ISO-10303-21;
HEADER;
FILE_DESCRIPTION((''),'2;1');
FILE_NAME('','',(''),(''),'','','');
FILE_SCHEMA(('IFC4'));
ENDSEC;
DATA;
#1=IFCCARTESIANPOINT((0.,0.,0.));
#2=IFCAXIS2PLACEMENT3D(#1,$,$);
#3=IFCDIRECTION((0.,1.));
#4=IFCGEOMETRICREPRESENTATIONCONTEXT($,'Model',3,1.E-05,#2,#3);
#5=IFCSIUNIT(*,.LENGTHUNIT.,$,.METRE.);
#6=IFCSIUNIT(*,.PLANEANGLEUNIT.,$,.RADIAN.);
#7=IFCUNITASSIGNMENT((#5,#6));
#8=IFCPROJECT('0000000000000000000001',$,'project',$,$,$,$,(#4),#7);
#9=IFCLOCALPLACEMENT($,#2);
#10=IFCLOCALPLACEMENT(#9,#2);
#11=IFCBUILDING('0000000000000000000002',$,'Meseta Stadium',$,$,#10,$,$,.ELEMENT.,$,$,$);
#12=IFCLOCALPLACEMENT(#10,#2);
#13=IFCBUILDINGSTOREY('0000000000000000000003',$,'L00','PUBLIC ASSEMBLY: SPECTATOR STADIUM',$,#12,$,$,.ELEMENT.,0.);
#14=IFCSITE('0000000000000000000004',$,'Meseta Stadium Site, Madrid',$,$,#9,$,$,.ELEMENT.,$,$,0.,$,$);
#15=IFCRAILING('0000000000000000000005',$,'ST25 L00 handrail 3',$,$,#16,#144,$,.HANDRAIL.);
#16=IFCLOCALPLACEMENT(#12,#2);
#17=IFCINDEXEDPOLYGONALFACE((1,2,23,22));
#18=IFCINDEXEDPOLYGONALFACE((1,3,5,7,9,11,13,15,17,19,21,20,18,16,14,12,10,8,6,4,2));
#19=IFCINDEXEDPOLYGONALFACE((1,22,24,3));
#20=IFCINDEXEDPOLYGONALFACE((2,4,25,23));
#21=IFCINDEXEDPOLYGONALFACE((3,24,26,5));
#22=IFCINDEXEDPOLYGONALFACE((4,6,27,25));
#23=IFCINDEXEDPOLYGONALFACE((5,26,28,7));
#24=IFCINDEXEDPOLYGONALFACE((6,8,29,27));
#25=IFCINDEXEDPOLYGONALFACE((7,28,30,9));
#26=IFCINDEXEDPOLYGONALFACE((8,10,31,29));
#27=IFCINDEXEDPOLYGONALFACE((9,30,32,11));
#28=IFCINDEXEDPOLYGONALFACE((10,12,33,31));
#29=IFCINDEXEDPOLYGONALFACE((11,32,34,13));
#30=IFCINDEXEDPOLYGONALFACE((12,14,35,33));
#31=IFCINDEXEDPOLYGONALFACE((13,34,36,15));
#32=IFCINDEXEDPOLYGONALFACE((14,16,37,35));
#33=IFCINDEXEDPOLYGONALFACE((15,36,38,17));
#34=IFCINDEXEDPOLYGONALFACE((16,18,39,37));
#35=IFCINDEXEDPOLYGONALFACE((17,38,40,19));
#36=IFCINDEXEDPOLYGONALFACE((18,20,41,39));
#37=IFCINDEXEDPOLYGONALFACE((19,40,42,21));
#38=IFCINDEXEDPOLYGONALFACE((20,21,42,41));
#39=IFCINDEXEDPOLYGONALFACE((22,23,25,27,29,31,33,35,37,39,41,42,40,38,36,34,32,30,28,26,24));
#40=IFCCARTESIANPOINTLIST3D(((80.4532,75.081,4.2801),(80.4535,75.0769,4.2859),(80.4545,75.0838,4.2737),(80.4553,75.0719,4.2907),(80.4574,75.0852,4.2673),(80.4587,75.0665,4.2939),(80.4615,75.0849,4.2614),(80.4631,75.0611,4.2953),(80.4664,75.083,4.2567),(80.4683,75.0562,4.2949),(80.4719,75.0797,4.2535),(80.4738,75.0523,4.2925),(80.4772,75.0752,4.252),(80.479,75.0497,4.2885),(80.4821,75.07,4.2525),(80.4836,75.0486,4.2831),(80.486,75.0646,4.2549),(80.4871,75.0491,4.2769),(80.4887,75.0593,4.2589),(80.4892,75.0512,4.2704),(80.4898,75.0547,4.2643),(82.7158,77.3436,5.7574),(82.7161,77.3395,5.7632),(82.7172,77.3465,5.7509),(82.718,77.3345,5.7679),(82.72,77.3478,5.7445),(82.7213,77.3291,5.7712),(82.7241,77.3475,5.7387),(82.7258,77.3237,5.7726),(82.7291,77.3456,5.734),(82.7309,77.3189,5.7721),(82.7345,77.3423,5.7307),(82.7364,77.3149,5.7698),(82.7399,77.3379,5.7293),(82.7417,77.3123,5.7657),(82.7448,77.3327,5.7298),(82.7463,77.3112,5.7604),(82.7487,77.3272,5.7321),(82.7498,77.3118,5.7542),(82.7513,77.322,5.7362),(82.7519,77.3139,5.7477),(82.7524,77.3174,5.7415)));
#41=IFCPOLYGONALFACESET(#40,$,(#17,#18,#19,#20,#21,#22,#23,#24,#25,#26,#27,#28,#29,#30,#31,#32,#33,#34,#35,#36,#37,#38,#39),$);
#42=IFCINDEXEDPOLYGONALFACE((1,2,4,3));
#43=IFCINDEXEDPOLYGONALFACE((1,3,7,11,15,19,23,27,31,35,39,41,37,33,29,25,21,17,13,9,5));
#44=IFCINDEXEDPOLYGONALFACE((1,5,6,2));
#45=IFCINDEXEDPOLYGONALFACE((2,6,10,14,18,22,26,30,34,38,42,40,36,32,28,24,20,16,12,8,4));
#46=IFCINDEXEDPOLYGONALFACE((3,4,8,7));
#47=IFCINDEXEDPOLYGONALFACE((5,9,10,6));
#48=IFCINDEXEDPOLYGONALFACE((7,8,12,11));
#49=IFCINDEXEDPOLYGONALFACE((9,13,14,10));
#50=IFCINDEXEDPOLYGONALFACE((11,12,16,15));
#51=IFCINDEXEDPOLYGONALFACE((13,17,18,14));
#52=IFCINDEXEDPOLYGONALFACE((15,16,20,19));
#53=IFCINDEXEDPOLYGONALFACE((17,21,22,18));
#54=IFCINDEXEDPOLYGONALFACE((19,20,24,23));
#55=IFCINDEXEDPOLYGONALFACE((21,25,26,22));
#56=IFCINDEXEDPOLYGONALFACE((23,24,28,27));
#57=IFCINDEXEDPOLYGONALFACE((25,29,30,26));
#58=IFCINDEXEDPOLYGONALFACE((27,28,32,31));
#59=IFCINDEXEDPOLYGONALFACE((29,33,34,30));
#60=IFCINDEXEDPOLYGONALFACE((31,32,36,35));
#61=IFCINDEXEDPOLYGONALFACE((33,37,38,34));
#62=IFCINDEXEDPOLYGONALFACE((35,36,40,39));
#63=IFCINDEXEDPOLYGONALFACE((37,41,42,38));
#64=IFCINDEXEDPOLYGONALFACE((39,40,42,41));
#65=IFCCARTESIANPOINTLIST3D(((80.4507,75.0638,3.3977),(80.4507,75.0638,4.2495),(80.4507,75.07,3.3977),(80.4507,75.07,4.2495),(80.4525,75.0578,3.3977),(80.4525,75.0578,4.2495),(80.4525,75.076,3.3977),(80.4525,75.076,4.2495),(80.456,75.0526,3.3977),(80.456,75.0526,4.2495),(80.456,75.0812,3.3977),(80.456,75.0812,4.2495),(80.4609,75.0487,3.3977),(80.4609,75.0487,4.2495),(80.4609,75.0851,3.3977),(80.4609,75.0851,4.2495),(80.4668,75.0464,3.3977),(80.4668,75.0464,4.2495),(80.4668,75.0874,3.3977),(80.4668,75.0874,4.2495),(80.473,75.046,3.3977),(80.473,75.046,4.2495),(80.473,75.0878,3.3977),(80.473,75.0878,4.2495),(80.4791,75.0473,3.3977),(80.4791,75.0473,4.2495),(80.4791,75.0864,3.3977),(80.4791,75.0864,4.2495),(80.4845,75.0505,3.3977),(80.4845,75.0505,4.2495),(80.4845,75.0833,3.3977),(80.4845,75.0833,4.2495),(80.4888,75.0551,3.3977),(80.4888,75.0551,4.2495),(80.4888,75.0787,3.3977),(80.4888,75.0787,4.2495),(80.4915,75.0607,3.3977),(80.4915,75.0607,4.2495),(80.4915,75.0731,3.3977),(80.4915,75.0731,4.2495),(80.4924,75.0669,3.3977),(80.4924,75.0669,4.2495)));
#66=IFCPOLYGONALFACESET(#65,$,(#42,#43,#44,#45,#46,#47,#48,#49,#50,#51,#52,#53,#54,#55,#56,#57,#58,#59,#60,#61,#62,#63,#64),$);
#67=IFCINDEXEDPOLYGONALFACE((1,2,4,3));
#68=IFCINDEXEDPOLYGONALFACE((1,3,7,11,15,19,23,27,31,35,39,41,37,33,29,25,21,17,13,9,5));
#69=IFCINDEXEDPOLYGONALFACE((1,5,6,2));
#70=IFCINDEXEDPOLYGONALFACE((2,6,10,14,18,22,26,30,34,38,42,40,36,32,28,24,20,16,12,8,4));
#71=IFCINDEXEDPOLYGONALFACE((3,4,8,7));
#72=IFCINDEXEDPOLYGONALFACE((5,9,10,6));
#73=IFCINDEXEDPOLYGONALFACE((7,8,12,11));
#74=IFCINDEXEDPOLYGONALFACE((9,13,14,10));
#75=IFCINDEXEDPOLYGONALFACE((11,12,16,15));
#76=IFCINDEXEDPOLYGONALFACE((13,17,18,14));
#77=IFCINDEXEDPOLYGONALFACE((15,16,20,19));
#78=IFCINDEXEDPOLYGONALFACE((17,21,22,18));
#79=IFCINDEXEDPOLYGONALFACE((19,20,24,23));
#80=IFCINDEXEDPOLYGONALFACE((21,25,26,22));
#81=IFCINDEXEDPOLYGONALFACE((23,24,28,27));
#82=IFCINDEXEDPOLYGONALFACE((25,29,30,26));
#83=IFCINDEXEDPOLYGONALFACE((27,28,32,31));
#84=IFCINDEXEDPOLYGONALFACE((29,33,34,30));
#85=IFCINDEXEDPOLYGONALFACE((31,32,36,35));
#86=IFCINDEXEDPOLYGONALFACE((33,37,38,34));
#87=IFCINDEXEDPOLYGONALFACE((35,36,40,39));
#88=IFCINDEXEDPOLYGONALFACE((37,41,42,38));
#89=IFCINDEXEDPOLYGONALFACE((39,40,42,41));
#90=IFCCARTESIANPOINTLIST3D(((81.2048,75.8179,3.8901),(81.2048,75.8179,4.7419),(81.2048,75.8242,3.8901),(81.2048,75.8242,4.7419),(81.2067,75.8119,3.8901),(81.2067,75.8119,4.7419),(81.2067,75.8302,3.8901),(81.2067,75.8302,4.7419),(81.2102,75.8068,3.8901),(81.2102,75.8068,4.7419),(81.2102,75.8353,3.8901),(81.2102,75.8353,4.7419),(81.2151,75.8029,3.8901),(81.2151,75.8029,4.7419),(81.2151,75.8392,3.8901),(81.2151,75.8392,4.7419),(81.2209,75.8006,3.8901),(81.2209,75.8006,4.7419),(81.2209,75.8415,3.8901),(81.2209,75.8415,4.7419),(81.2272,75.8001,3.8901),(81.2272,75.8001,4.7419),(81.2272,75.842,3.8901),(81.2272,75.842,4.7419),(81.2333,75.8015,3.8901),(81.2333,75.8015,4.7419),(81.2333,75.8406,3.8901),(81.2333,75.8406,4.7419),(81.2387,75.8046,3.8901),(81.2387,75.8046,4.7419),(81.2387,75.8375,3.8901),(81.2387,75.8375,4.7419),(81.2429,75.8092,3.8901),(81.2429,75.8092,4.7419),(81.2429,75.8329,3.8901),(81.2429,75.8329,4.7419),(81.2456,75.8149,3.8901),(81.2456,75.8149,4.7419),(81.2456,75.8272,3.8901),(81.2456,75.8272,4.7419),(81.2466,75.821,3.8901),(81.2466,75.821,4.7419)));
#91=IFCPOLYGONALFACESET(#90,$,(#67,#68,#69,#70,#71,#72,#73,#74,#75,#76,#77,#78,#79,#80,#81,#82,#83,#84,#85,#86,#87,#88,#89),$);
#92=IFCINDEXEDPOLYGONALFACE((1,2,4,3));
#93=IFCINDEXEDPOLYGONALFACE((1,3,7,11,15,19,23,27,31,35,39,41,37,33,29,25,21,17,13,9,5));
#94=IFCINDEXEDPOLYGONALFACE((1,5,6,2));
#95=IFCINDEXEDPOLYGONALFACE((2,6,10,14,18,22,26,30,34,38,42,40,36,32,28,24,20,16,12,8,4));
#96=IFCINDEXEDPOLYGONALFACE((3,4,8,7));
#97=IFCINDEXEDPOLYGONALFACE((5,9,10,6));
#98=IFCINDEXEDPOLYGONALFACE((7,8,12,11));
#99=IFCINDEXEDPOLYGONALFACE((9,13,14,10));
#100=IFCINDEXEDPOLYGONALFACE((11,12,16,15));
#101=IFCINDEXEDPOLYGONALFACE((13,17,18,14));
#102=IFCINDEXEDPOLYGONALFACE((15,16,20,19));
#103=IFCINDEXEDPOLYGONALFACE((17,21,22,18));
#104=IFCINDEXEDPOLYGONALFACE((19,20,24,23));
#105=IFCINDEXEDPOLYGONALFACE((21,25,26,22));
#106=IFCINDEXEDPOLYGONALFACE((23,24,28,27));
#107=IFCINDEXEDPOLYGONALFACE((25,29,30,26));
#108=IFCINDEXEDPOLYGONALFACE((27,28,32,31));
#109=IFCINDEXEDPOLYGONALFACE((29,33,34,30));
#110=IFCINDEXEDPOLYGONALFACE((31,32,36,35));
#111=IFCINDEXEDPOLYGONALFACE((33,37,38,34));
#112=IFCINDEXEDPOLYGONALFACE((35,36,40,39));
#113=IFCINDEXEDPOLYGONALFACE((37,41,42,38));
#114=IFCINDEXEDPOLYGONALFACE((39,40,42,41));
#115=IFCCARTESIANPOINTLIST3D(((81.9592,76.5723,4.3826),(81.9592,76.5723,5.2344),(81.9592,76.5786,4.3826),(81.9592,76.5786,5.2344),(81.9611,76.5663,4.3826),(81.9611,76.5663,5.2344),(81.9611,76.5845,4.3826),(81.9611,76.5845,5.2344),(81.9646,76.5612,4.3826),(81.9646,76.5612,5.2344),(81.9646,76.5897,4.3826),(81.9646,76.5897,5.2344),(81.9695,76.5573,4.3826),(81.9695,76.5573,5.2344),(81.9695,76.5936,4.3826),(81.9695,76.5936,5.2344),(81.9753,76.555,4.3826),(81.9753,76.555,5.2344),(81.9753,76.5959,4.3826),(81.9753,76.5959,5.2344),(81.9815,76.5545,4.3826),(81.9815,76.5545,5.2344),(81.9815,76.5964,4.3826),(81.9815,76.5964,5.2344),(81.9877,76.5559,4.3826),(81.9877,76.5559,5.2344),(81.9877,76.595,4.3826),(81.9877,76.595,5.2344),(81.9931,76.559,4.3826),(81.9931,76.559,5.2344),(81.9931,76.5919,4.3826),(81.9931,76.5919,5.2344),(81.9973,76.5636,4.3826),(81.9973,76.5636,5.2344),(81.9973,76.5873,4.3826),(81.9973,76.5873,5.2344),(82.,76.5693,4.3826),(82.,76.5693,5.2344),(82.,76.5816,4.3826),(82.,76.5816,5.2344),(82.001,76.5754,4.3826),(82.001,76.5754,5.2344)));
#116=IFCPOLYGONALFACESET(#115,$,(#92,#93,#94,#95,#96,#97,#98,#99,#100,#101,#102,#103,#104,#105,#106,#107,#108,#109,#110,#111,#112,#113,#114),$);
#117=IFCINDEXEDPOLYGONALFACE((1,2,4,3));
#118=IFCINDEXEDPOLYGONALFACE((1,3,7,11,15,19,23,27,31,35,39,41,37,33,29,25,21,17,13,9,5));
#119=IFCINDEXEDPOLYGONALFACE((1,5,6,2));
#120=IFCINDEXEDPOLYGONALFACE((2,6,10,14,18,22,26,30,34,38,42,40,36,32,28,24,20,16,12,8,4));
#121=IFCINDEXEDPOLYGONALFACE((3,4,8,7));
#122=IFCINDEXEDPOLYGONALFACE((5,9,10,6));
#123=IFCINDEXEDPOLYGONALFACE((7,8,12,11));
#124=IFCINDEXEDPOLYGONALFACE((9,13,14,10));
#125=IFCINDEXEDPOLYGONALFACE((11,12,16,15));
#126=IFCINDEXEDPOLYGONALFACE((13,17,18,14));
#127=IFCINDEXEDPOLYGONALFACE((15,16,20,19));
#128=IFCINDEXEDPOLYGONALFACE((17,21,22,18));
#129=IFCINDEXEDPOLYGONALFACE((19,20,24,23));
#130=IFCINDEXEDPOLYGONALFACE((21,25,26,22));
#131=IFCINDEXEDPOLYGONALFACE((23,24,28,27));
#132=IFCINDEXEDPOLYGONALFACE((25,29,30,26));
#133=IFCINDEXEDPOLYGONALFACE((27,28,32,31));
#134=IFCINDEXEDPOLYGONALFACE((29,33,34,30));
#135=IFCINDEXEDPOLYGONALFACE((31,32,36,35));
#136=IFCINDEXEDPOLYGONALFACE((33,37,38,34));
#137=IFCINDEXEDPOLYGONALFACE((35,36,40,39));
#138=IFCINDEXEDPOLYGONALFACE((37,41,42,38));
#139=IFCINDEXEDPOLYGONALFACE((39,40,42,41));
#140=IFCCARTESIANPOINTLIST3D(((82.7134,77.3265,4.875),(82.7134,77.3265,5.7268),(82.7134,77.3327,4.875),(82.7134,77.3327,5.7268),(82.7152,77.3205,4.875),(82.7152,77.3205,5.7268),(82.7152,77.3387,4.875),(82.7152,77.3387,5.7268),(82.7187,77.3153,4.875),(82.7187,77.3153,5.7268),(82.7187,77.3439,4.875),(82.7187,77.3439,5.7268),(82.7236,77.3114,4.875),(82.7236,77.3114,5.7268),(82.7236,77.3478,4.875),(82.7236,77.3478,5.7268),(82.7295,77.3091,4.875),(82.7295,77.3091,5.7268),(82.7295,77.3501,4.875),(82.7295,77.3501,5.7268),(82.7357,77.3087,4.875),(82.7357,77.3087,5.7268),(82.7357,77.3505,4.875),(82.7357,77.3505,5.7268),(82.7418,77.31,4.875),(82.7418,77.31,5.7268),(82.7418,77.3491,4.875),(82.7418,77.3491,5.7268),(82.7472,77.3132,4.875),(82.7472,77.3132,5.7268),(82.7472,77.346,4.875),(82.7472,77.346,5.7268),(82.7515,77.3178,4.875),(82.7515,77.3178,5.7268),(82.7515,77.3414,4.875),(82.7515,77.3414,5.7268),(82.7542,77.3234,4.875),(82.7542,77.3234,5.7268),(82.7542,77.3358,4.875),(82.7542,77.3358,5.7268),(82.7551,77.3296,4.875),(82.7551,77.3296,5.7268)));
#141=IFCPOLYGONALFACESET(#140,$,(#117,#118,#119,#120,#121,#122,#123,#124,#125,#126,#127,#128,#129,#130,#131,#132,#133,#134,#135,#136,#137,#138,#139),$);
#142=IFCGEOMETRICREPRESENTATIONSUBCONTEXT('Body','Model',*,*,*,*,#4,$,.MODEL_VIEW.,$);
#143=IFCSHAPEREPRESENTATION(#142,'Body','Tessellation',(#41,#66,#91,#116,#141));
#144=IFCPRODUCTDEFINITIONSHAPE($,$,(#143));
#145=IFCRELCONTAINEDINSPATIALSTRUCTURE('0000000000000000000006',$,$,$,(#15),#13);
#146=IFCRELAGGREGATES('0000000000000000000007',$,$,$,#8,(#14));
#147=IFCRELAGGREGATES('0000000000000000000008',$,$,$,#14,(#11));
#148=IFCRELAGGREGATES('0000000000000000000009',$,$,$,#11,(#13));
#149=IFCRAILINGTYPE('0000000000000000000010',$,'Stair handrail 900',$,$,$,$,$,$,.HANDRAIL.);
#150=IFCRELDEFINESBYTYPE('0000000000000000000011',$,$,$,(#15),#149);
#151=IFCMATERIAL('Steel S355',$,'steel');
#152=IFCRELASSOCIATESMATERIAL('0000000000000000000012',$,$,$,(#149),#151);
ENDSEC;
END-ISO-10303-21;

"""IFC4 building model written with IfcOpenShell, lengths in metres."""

from ifc_helpers import new_model, si_unit, direction, frame, origin, origin_2d, place, context, subcontext, project, spatial, circle, extrude, material, type_object, element, save


model = new_model("IFC4")

# Units and contexts
model_context = context("Model", 3, precision=1e-05, world=origin(), true_north=direction((0.0, 1.0)))
body_context = subcontext(model_context, "Body", "Model", "MODEL_VIEW")
ifc_project = project(units=[si_unit("LENGTHUNIT", "METRE"), si_unit("PLANEANGLEUNIT", "RADIAN")], contexts=[model_context])

# Site, building, storey
site_placement = place(None, origin())
site = spatial("IfcSite", under=ifc_project, at=site_placement, Name="Meseta Stadium Site, Madrid", CompositionType="ELEMENT", RefElevation=0.0)
building_placement = place(site_placement, origin())
building = spatial("IfcBuilding", under=site, at=building_placement, Name="Meseta Stadium", CompositionType="ELEMENT")
storey_placement = place(building_placement, origin())
storey = spatial("IfcBuildingStorey", under=building, at=storey_placement, Name="L00", Description="PUBLIC ASSEMBLY: SPECTATOR STADIUM", CompositionType="ELEMENT", Elevation=0.0)

# Railing
ifc_material_1 = material(Name="Steel S355", Category="steel")
railing_type_1 = type_object("IfcRailingType", Name="Stair handrail 900", PredefinedType="HANDRAIL", material=ifc_material_1)
railing_1_placement = place(storey_placement, frame((80.4714, 75.0669, 3.3977)))
element("IfcRailing", 1, at=railing_1_placement, inside=storey, type_object=railing_type_1, Name="ST25 L00 handrail 3", PredefinedType="HANDRAIL", context=body_context, shape_type="SweptSolid", body=[
    extrude(circle(Radius=0.0239, at=origin_2d()), frame((0.0, 0.0, 0.876), z_axis=(0.641994, 0.641994, 0.419152), x_axis=(-0.707107, 0.707107, 0.0)), (0.0, 0.0, 1.0), 3.5244),
    extrude(circle(Radius=0.021, at=origin_2d()), origin(), (0.0, 0.0, 1.0), 0.8518),
    extrude(circle(Radius=0.021, at=origin_2d()), frame((0.7542, 0.7542, 0.4924)), (0.0, 0.0, 1.0), 0.8518),
    extrude(circle(Radius=0.021, at=origin_2d()), frame((1.5085, 1.5085, 0.9849)), (0.0, 0.0, 1.0), 0.8518),
    extrude(circle(Radius=0.021, at=origin_2d()), frame((2.2627, 2.2627, 1.4773)), (0.0, 0.0, 1.0), 0.8518),
])

save(model, "model.ifc")
